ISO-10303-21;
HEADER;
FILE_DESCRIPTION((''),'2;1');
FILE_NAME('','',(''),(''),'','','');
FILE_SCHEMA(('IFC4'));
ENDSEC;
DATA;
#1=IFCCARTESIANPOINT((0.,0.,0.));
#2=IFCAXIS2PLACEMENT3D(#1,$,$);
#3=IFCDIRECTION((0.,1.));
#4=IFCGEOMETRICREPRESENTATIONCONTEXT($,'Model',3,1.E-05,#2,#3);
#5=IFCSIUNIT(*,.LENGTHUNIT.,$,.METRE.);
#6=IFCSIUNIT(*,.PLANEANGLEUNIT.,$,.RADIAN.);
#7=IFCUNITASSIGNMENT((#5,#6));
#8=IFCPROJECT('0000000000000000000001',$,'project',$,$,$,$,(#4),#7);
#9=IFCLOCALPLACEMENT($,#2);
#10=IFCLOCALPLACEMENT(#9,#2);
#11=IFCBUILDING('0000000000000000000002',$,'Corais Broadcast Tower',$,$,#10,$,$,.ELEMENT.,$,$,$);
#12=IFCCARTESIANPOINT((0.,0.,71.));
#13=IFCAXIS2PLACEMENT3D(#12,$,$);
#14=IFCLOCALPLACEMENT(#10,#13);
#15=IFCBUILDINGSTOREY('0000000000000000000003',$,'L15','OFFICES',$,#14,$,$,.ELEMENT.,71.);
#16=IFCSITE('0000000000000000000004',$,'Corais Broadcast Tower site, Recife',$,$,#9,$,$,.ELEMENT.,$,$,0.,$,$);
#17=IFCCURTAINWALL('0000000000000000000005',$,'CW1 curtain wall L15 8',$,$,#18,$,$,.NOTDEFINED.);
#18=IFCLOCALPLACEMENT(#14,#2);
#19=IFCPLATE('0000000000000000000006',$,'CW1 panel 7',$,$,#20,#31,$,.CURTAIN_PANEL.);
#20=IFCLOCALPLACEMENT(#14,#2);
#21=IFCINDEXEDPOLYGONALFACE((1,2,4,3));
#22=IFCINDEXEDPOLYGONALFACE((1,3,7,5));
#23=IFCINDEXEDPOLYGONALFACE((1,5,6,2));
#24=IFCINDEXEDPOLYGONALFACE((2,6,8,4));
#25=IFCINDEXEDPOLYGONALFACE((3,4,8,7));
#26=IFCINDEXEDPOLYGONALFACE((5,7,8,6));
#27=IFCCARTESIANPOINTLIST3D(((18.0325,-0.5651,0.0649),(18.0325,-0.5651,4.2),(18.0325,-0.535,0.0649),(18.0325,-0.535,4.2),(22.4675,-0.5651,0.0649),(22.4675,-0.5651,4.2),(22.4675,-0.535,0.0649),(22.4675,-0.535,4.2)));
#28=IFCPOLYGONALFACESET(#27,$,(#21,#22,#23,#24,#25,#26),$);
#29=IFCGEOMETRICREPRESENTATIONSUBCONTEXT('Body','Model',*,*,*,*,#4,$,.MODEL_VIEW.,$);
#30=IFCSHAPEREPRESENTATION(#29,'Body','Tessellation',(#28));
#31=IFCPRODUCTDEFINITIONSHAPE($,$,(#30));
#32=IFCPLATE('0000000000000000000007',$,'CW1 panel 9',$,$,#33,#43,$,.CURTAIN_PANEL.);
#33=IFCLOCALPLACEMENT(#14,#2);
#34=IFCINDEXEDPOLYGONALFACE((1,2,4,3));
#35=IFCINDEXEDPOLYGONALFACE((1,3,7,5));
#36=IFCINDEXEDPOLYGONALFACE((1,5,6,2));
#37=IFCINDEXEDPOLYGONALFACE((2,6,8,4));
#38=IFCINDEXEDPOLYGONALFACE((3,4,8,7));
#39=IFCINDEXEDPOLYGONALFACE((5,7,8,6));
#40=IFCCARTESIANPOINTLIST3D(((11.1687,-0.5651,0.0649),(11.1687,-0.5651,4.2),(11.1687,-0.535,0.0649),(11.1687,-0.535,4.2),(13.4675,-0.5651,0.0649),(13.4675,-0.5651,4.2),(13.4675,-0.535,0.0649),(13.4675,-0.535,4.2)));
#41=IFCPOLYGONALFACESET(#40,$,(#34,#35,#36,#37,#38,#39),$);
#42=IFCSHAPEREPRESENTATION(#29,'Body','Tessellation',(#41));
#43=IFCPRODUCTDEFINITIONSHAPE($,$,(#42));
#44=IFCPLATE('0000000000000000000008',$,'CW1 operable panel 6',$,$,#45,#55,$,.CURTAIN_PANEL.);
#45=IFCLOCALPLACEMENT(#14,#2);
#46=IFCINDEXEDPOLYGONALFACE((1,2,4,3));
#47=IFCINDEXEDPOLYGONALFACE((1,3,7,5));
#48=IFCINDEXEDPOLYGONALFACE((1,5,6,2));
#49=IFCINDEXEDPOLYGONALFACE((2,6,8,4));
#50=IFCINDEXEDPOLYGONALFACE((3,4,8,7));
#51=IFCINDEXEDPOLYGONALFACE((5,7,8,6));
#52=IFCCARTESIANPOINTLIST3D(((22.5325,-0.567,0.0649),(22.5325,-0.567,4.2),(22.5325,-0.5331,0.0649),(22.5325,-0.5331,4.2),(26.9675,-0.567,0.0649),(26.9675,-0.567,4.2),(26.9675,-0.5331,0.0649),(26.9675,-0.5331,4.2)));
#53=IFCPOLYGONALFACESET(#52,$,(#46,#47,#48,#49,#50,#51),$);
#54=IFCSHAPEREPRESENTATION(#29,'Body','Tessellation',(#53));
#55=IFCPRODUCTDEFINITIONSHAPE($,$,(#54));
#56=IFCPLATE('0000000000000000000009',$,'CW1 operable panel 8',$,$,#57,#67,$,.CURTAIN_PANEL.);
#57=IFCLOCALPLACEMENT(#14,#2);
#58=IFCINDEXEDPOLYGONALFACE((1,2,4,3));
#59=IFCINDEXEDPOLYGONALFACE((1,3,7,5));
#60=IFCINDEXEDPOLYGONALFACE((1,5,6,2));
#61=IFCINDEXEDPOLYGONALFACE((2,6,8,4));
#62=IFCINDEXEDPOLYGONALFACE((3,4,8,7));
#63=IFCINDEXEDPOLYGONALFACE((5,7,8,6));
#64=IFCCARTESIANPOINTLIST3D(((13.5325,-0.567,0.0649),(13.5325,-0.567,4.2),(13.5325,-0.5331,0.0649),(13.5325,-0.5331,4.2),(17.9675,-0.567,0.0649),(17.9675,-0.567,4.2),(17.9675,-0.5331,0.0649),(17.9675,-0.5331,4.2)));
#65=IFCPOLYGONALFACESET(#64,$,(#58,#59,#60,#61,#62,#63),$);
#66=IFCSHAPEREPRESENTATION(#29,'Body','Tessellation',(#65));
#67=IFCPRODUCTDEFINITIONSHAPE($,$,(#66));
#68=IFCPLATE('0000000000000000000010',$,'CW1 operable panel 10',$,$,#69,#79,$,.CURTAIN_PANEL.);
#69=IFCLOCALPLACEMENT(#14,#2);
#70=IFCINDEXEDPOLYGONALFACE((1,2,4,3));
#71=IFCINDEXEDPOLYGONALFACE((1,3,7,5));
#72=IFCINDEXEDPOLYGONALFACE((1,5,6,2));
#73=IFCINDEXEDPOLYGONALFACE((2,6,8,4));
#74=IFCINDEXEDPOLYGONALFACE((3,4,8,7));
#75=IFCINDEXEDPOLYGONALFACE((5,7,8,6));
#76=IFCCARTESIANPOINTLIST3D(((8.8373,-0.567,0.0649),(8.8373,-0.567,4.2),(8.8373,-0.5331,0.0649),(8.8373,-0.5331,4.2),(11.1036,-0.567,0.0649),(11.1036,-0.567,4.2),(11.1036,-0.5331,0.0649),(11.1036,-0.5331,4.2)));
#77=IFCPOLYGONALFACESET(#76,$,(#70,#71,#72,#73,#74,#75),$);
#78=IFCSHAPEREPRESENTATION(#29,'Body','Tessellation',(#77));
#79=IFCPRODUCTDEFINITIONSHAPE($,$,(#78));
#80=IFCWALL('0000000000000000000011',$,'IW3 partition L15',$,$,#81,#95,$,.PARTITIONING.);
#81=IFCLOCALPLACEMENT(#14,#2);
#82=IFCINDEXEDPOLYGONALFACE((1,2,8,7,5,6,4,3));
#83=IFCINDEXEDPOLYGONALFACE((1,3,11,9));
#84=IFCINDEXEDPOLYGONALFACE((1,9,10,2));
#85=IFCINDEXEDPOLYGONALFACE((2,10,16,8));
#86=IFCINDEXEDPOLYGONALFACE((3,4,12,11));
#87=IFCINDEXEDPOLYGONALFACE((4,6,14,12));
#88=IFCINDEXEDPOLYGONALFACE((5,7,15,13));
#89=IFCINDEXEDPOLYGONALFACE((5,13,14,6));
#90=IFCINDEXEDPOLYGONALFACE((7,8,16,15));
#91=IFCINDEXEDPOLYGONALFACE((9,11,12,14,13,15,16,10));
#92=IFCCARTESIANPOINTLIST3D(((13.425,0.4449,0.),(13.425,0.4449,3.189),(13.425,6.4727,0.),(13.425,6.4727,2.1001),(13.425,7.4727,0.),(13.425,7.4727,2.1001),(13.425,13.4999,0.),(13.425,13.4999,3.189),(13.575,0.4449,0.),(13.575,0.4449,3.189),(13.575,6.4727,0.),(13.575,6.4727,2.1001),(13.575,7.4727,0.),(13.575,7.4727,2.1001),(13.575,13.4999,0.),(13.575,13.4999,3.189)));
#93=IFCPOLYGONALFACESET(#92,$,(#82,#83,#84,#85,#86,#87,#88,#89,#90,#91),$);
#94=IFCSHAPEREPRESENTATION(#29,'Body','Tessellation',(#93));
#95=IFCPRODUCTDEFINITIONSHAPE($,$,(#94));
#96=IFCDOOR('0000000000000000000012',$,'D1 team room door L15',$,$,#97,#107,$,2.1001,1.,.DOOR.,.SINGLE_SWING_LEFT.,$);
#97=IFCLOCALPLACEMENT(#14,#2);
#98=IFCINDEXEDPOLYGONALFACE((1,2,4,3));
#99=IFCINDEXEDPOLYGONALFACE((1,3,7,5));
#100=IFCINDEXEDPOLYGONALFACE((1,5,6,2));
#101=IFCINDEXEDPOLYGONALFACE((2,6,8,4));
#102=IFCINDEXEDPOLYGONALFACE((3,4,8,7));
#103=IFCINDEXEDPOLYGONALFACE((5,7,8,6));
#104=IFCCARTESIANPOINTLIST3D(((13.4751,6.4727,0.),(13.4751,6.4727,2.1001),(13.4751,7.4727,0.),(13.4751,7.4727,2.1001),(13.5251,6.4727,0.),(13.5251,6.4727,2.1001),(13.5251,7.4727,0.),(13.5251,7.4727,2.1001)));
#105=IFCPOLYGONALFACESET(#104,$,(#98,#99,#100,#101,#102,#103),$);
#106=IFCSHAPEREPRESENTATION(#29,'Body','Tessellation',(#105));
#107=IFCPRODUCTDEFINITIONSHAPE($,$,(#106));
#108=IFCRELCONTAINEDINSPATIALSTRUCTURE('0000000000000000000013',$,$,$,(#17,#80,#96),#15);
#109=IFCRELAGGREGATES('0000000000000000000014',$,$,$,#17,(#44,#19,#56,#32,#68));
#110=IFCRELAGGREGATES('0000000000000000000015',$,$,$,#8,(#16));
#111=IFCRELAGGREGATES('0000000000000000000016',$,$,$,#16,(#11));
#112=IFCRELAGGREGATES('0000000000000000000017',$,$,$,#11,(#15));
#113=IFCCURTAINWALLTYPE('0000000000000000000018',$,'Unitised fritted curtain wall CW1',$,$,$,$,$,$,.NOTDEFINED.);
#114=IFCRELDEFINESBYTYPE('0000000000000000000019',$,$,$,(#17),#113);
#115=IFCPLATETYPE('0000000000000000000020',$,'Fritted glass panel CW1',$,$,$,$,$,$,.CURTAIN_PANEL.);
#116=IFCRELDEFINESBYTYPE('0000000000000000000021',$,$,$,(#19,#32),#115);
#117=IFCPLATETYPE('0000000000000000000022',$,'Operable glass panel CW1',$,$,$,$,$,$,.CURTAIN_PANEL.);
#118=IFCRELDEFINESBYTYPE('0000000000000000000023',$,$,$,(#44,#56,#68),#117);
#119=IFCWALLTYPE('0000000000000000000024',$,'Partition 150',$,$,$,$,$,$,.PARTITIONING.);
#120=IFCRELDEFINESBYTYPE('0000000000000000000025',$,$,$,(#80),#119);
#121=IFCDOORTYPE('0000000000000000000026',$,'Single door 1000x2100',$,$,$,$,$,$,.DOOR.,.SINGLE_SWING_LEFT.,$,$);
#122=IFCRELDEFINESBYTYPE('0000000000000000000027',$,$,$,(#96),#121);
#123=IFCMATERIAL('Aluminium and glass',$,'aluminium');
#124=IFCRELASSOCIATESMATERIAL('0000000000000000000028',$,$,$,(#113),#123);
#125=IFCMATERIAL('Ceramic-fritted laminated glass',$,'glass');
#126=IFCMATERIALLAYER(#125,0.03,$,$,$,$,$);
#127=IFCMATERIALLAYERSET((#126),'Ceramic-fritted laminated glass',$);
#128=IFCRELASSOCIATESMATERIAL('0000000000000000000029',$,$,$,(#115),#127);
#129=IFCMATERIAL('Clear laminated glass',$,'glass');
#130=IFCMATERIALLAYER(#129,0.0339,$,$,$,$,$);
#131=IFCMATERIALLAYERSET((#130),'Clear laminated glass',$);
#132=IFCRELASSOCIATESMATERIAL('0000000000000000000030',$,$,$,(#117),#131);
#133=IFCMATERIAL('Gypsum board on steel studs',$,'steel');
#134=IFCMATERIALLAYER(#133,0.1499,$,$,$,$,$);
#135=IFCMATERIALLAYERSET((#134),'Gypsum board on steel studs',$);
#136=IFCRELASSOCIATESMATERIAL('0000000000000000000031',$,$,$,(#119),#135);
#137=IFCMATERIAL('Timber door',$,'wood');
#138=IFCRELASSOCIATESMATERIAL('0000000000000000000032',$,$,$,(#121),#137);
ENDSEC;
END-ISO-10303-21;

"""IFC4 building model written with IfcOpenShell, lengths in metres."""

from ifc_helpers import new_model, si_unit, direction, frame, frame_2d, origin, origin_2d, place, context, subcontext, project, spatial, rectangle, extrude, material, layer, layer_set, type_object, element, fill, aggregate, save


model = new_model("IFC4")

# Units and contexts
model_context = context("Model", 3, precision=1e-05, world=origin(), true_north=direction((0.0, 1.0)))
body_context = subcontext(model_context, "Body", "Model", "MODEL_VIEW")
ifc_project = project(units=[si_unit("LENGTHUNIT", "METRE"), si_unit("PLANEANGLEUNIT", "RADIAN")], contexts=[model_context])

# Site, building, storey
site_placement = place(None, origin())
site = spatial("IfcSite", under=ifc_project, at=site_placement, Name="Corais Broadcast Tower site, Recife", CompositionType="ELEMENT", RefElevation=0.0)
building_placement = place(site_placement, origin())
building = spatial("IfcBuilding", under=site, at=building_placement, Name="Corais Broadcast Tower", CompositionType="ELEMENT")
storey_placement = place(building_placement, frame((0.0, 0.0, 71.0)))
storey = spatial("IfcBuildingStorey", under=building, at=storey_placement, Name="L15", Description="OFFICES", CompositionType="ELEMENT", Elevation=71.0)

# Curtain wall
ifc_material_1 = material(Name="Aluminium and glass", Category="aluminium")
curtain_wall_type = type_object("IfcCurtainWallType", Name="Unitised fritted curtain wall CW1", PredefinedType="NOTDEFINED", material=ifc_material_1)
curtain_wall_placement = place(storey_placement, origin())
curtain_wall = element("IfcCurtainWall", 1, at=curtain_wall_placement, inside=storey, type_object=curtain_wall_type, Name="CW1 curtain wall L15 8", PredefinedType="NOTDEFINED")

# Plates
ifc_material_2 = material(Name="Ceramic-fritted laminated glass", Category="glass")
ifc_layer_1 = layer(ifc_material_2, 0.03)
ifc_layer_set_1 = layer_set([ifc_layer_1], Name="Ceramic-fritted laminated glass")
plate_type_1 = type_object("IfcPlateType", Name="Fritted glass panel CW1", PredefinedType="CURTAIN_PANEL", material=ifc_layer_set_1)
plate_1_placement = place(storey_placement, frame((20.25, -0.55, 0.0649), z_axis=(0.0, 0.0, 1.0), x_axis=(-1.0, 0.0, 0.0)))
plate_1 = element("IfcPlate", 2, at=plate_1_placement, type_object=plate_type_1, Name="CW1 panel 7", PredefinedType="CURTAIN_PANEL", context=body_context, shape_type="SweptSolid", body=[
    extrude(rectangle(XDim=4.4351, YDim=0.03, at=origin_2d()), origin(), (0.0, 0.0, 1.0), 4.135),
])
plate_2_placement = place(storey_placement, frame((12.3181, -0.55, 0.0649), z_axis=(0.0, 0.0, 1.0), x_axis=(-1.0, 0.0, 0.0)))
plate_2 = element("IfcPlate", 3, at=plate_2_placement, type_object=plate_type_1, Name="CW1 panel 9", PredefinedType="CURTAIN_PANEL", context=body_context, shape_type="SweptSolid", body=[
    extrude(rectangle(XDim=2.2988, YDim=0.03, at=origin_2d()), origin(), (0.0, 0.0, 1.0), 4.135),
])
ifc_material_3 = material(Name="Clear laminated glass", Category="glass")
ifc_layer_2 = layer(ifc_material_3, 0.0339)
ifc_layer_set_2 = layer_set([ifc_layer_2], Name="Clear laminated glass")
plate_type_2 = type_object("IfcPlateType", Name="Operable glass panel CW1", PredefinedType="CURTAIN_PANEL", material=ifc_layer_set_2)
plate_3_placement = place(storey_placement, frame((24.75, -0.55, 0.0649), z_axis=(0.0, 0.0, 1.0), x_axis=(-1.0, 0.0, 0.0)))
plate_3 = element("IfcPlate", 4, at=plate_3_placement, type_object=plate_type_2, Name="CW1 operable panel 6", PredefinedType="CURTAIN_PANEL", context=body_context, shape_type="SweptSolid", body=[
    extrude(rectangle(XDim=4.4351, YDim=0.0339, at=origin_2d()), origin(), (0.0, 0.0, 1.0), 4.135),
])
plate_4_placement = place(storey_placement, frame((15.75, -0.55, 0.0649), z_axis=(0.0, 0.0, 1.0), x_axis=(-1.0, 0.0, 0.0)))
plate_4 = element("IfcPlate", 5, at=plate_4_placement, type_object=plate_type_2, Name="CW1 operable panel 8", PredefinedType="CURTAIN_PANEL", context=body_context, shape_type="SweptSolid", body=[
    extrude(rectangle(XDim=4.4351, YDim=0.0339, at=origin_2d()), origin(), (0.0, 0.0, 1.0), 4.135),
])
plate_5_placement = place(storey_placement, frame((9.9705, -0.55, 0.0649), z_axis=(0.0, 0.0, 1.0), x_axis=(-1.0, 0.0, 0.0)))
plate_5 = element("IfcPlate", 6, at=plate_5_placement, type_object=plate_type_2, Name="CW1 operable panel 10", PredefinedType="CURTAIN_PANEL", context=body_context, shape_type="SweptSolid", body=[
    extrude(rectangle(XDim=2.2664, YDim=0.0339, at=origin_2d()), origin(), (0.0, 0.0, 1.0), 4.135),
])
aggregate(curtain_wall, [plate_3, plate_1, plate_4, plate_2, plate_5])

# Wall, opening, door
ifc_material_4 = material(Name="Gypsum board on steel studs", Category="steel")
ifc_layer_3 = layer(ifc_material_4, 0.1499)
ifc_layer_set_3 = layer_set([ifc_layer_3], Name="Gypsum board on steel studs")
wall_type = type_object("IfcWallType", Name="Partition 150", PredefinedType="PARTITIONING", material=ifc_layer_set_3)
wall_placement = place(storey_placement, frame((13.5, 0.4451, 0.0), z_axis=(0.0, 0.0, 1.0), x_axis=(0.0, 1.0, 0.0)))
wall = element("IfcWall", 7, at=wall_placement, inside=storey, type_object=wall_type, Name="IW3 partition L15", PredefinedType="PARTITIONING", context=body_context, shape_type="SweptSolid", body=[
    extrude(rectangle(XDim=13.0549, YDim=0.1499, at=frame_2d((6.5273, 0.0))), origin(), (0.0, 0.0, 1.0), 3.189),
])
opening_placement = place(wall_placement, frame((6.0276, 0.0, 0.0)))
opening = element("IfcOpeningElement", 8, at=opening_placement, cuts=wall, PredefinedType="OPENING", context=body_context, shape_type="SweptSolid", body=[
    extrude(rectangle(XDim=1.0, YDim=2.1001, at=frame_2d((0.5, 1.05))), frame((0.0, 0.085, 0.0), z_axis=(0.0, -1.0, 0.0), x_axis=(1.0, 0.0, 0.0)), (0.0, 0.0, 1.0), 0.1699),
])
ifc_material_5 = material(Name="Timber door", Category="wood")
door_type = type_object("IfcDoorType", Name="Single door 1000x2100", OperationType="SINGLE_SWING_LEFT", PredefinedType="DOOR", material=ifc_material_5)
door_placement = place(opening_placement, origin())
door = element("IfcDoor", 9, at=door_placement, inside=storey, type_object=door_type, Name="D1 team room door L15", OperationType="SINGLE_SWING_LEFT", OverallHeight=2.1001, OverallWidth=1.0, PredefinedType="DOOR", context=body_context, shape_type="SweptSolid", body=[
    extrude(rectangle(XDim=1.0, YDim=2.1001, at=frame_2d((0.5, 1.05))), frame((0.0, 0.0249, 0.0), z_axis=(0.0, -1.0, 0.0), x_axis=(1.0, 0.0, 0.0)), (0.0, 0.0, 1.0), 0.05),
])
fill(opening, door)

save(model, "model.ifc")
